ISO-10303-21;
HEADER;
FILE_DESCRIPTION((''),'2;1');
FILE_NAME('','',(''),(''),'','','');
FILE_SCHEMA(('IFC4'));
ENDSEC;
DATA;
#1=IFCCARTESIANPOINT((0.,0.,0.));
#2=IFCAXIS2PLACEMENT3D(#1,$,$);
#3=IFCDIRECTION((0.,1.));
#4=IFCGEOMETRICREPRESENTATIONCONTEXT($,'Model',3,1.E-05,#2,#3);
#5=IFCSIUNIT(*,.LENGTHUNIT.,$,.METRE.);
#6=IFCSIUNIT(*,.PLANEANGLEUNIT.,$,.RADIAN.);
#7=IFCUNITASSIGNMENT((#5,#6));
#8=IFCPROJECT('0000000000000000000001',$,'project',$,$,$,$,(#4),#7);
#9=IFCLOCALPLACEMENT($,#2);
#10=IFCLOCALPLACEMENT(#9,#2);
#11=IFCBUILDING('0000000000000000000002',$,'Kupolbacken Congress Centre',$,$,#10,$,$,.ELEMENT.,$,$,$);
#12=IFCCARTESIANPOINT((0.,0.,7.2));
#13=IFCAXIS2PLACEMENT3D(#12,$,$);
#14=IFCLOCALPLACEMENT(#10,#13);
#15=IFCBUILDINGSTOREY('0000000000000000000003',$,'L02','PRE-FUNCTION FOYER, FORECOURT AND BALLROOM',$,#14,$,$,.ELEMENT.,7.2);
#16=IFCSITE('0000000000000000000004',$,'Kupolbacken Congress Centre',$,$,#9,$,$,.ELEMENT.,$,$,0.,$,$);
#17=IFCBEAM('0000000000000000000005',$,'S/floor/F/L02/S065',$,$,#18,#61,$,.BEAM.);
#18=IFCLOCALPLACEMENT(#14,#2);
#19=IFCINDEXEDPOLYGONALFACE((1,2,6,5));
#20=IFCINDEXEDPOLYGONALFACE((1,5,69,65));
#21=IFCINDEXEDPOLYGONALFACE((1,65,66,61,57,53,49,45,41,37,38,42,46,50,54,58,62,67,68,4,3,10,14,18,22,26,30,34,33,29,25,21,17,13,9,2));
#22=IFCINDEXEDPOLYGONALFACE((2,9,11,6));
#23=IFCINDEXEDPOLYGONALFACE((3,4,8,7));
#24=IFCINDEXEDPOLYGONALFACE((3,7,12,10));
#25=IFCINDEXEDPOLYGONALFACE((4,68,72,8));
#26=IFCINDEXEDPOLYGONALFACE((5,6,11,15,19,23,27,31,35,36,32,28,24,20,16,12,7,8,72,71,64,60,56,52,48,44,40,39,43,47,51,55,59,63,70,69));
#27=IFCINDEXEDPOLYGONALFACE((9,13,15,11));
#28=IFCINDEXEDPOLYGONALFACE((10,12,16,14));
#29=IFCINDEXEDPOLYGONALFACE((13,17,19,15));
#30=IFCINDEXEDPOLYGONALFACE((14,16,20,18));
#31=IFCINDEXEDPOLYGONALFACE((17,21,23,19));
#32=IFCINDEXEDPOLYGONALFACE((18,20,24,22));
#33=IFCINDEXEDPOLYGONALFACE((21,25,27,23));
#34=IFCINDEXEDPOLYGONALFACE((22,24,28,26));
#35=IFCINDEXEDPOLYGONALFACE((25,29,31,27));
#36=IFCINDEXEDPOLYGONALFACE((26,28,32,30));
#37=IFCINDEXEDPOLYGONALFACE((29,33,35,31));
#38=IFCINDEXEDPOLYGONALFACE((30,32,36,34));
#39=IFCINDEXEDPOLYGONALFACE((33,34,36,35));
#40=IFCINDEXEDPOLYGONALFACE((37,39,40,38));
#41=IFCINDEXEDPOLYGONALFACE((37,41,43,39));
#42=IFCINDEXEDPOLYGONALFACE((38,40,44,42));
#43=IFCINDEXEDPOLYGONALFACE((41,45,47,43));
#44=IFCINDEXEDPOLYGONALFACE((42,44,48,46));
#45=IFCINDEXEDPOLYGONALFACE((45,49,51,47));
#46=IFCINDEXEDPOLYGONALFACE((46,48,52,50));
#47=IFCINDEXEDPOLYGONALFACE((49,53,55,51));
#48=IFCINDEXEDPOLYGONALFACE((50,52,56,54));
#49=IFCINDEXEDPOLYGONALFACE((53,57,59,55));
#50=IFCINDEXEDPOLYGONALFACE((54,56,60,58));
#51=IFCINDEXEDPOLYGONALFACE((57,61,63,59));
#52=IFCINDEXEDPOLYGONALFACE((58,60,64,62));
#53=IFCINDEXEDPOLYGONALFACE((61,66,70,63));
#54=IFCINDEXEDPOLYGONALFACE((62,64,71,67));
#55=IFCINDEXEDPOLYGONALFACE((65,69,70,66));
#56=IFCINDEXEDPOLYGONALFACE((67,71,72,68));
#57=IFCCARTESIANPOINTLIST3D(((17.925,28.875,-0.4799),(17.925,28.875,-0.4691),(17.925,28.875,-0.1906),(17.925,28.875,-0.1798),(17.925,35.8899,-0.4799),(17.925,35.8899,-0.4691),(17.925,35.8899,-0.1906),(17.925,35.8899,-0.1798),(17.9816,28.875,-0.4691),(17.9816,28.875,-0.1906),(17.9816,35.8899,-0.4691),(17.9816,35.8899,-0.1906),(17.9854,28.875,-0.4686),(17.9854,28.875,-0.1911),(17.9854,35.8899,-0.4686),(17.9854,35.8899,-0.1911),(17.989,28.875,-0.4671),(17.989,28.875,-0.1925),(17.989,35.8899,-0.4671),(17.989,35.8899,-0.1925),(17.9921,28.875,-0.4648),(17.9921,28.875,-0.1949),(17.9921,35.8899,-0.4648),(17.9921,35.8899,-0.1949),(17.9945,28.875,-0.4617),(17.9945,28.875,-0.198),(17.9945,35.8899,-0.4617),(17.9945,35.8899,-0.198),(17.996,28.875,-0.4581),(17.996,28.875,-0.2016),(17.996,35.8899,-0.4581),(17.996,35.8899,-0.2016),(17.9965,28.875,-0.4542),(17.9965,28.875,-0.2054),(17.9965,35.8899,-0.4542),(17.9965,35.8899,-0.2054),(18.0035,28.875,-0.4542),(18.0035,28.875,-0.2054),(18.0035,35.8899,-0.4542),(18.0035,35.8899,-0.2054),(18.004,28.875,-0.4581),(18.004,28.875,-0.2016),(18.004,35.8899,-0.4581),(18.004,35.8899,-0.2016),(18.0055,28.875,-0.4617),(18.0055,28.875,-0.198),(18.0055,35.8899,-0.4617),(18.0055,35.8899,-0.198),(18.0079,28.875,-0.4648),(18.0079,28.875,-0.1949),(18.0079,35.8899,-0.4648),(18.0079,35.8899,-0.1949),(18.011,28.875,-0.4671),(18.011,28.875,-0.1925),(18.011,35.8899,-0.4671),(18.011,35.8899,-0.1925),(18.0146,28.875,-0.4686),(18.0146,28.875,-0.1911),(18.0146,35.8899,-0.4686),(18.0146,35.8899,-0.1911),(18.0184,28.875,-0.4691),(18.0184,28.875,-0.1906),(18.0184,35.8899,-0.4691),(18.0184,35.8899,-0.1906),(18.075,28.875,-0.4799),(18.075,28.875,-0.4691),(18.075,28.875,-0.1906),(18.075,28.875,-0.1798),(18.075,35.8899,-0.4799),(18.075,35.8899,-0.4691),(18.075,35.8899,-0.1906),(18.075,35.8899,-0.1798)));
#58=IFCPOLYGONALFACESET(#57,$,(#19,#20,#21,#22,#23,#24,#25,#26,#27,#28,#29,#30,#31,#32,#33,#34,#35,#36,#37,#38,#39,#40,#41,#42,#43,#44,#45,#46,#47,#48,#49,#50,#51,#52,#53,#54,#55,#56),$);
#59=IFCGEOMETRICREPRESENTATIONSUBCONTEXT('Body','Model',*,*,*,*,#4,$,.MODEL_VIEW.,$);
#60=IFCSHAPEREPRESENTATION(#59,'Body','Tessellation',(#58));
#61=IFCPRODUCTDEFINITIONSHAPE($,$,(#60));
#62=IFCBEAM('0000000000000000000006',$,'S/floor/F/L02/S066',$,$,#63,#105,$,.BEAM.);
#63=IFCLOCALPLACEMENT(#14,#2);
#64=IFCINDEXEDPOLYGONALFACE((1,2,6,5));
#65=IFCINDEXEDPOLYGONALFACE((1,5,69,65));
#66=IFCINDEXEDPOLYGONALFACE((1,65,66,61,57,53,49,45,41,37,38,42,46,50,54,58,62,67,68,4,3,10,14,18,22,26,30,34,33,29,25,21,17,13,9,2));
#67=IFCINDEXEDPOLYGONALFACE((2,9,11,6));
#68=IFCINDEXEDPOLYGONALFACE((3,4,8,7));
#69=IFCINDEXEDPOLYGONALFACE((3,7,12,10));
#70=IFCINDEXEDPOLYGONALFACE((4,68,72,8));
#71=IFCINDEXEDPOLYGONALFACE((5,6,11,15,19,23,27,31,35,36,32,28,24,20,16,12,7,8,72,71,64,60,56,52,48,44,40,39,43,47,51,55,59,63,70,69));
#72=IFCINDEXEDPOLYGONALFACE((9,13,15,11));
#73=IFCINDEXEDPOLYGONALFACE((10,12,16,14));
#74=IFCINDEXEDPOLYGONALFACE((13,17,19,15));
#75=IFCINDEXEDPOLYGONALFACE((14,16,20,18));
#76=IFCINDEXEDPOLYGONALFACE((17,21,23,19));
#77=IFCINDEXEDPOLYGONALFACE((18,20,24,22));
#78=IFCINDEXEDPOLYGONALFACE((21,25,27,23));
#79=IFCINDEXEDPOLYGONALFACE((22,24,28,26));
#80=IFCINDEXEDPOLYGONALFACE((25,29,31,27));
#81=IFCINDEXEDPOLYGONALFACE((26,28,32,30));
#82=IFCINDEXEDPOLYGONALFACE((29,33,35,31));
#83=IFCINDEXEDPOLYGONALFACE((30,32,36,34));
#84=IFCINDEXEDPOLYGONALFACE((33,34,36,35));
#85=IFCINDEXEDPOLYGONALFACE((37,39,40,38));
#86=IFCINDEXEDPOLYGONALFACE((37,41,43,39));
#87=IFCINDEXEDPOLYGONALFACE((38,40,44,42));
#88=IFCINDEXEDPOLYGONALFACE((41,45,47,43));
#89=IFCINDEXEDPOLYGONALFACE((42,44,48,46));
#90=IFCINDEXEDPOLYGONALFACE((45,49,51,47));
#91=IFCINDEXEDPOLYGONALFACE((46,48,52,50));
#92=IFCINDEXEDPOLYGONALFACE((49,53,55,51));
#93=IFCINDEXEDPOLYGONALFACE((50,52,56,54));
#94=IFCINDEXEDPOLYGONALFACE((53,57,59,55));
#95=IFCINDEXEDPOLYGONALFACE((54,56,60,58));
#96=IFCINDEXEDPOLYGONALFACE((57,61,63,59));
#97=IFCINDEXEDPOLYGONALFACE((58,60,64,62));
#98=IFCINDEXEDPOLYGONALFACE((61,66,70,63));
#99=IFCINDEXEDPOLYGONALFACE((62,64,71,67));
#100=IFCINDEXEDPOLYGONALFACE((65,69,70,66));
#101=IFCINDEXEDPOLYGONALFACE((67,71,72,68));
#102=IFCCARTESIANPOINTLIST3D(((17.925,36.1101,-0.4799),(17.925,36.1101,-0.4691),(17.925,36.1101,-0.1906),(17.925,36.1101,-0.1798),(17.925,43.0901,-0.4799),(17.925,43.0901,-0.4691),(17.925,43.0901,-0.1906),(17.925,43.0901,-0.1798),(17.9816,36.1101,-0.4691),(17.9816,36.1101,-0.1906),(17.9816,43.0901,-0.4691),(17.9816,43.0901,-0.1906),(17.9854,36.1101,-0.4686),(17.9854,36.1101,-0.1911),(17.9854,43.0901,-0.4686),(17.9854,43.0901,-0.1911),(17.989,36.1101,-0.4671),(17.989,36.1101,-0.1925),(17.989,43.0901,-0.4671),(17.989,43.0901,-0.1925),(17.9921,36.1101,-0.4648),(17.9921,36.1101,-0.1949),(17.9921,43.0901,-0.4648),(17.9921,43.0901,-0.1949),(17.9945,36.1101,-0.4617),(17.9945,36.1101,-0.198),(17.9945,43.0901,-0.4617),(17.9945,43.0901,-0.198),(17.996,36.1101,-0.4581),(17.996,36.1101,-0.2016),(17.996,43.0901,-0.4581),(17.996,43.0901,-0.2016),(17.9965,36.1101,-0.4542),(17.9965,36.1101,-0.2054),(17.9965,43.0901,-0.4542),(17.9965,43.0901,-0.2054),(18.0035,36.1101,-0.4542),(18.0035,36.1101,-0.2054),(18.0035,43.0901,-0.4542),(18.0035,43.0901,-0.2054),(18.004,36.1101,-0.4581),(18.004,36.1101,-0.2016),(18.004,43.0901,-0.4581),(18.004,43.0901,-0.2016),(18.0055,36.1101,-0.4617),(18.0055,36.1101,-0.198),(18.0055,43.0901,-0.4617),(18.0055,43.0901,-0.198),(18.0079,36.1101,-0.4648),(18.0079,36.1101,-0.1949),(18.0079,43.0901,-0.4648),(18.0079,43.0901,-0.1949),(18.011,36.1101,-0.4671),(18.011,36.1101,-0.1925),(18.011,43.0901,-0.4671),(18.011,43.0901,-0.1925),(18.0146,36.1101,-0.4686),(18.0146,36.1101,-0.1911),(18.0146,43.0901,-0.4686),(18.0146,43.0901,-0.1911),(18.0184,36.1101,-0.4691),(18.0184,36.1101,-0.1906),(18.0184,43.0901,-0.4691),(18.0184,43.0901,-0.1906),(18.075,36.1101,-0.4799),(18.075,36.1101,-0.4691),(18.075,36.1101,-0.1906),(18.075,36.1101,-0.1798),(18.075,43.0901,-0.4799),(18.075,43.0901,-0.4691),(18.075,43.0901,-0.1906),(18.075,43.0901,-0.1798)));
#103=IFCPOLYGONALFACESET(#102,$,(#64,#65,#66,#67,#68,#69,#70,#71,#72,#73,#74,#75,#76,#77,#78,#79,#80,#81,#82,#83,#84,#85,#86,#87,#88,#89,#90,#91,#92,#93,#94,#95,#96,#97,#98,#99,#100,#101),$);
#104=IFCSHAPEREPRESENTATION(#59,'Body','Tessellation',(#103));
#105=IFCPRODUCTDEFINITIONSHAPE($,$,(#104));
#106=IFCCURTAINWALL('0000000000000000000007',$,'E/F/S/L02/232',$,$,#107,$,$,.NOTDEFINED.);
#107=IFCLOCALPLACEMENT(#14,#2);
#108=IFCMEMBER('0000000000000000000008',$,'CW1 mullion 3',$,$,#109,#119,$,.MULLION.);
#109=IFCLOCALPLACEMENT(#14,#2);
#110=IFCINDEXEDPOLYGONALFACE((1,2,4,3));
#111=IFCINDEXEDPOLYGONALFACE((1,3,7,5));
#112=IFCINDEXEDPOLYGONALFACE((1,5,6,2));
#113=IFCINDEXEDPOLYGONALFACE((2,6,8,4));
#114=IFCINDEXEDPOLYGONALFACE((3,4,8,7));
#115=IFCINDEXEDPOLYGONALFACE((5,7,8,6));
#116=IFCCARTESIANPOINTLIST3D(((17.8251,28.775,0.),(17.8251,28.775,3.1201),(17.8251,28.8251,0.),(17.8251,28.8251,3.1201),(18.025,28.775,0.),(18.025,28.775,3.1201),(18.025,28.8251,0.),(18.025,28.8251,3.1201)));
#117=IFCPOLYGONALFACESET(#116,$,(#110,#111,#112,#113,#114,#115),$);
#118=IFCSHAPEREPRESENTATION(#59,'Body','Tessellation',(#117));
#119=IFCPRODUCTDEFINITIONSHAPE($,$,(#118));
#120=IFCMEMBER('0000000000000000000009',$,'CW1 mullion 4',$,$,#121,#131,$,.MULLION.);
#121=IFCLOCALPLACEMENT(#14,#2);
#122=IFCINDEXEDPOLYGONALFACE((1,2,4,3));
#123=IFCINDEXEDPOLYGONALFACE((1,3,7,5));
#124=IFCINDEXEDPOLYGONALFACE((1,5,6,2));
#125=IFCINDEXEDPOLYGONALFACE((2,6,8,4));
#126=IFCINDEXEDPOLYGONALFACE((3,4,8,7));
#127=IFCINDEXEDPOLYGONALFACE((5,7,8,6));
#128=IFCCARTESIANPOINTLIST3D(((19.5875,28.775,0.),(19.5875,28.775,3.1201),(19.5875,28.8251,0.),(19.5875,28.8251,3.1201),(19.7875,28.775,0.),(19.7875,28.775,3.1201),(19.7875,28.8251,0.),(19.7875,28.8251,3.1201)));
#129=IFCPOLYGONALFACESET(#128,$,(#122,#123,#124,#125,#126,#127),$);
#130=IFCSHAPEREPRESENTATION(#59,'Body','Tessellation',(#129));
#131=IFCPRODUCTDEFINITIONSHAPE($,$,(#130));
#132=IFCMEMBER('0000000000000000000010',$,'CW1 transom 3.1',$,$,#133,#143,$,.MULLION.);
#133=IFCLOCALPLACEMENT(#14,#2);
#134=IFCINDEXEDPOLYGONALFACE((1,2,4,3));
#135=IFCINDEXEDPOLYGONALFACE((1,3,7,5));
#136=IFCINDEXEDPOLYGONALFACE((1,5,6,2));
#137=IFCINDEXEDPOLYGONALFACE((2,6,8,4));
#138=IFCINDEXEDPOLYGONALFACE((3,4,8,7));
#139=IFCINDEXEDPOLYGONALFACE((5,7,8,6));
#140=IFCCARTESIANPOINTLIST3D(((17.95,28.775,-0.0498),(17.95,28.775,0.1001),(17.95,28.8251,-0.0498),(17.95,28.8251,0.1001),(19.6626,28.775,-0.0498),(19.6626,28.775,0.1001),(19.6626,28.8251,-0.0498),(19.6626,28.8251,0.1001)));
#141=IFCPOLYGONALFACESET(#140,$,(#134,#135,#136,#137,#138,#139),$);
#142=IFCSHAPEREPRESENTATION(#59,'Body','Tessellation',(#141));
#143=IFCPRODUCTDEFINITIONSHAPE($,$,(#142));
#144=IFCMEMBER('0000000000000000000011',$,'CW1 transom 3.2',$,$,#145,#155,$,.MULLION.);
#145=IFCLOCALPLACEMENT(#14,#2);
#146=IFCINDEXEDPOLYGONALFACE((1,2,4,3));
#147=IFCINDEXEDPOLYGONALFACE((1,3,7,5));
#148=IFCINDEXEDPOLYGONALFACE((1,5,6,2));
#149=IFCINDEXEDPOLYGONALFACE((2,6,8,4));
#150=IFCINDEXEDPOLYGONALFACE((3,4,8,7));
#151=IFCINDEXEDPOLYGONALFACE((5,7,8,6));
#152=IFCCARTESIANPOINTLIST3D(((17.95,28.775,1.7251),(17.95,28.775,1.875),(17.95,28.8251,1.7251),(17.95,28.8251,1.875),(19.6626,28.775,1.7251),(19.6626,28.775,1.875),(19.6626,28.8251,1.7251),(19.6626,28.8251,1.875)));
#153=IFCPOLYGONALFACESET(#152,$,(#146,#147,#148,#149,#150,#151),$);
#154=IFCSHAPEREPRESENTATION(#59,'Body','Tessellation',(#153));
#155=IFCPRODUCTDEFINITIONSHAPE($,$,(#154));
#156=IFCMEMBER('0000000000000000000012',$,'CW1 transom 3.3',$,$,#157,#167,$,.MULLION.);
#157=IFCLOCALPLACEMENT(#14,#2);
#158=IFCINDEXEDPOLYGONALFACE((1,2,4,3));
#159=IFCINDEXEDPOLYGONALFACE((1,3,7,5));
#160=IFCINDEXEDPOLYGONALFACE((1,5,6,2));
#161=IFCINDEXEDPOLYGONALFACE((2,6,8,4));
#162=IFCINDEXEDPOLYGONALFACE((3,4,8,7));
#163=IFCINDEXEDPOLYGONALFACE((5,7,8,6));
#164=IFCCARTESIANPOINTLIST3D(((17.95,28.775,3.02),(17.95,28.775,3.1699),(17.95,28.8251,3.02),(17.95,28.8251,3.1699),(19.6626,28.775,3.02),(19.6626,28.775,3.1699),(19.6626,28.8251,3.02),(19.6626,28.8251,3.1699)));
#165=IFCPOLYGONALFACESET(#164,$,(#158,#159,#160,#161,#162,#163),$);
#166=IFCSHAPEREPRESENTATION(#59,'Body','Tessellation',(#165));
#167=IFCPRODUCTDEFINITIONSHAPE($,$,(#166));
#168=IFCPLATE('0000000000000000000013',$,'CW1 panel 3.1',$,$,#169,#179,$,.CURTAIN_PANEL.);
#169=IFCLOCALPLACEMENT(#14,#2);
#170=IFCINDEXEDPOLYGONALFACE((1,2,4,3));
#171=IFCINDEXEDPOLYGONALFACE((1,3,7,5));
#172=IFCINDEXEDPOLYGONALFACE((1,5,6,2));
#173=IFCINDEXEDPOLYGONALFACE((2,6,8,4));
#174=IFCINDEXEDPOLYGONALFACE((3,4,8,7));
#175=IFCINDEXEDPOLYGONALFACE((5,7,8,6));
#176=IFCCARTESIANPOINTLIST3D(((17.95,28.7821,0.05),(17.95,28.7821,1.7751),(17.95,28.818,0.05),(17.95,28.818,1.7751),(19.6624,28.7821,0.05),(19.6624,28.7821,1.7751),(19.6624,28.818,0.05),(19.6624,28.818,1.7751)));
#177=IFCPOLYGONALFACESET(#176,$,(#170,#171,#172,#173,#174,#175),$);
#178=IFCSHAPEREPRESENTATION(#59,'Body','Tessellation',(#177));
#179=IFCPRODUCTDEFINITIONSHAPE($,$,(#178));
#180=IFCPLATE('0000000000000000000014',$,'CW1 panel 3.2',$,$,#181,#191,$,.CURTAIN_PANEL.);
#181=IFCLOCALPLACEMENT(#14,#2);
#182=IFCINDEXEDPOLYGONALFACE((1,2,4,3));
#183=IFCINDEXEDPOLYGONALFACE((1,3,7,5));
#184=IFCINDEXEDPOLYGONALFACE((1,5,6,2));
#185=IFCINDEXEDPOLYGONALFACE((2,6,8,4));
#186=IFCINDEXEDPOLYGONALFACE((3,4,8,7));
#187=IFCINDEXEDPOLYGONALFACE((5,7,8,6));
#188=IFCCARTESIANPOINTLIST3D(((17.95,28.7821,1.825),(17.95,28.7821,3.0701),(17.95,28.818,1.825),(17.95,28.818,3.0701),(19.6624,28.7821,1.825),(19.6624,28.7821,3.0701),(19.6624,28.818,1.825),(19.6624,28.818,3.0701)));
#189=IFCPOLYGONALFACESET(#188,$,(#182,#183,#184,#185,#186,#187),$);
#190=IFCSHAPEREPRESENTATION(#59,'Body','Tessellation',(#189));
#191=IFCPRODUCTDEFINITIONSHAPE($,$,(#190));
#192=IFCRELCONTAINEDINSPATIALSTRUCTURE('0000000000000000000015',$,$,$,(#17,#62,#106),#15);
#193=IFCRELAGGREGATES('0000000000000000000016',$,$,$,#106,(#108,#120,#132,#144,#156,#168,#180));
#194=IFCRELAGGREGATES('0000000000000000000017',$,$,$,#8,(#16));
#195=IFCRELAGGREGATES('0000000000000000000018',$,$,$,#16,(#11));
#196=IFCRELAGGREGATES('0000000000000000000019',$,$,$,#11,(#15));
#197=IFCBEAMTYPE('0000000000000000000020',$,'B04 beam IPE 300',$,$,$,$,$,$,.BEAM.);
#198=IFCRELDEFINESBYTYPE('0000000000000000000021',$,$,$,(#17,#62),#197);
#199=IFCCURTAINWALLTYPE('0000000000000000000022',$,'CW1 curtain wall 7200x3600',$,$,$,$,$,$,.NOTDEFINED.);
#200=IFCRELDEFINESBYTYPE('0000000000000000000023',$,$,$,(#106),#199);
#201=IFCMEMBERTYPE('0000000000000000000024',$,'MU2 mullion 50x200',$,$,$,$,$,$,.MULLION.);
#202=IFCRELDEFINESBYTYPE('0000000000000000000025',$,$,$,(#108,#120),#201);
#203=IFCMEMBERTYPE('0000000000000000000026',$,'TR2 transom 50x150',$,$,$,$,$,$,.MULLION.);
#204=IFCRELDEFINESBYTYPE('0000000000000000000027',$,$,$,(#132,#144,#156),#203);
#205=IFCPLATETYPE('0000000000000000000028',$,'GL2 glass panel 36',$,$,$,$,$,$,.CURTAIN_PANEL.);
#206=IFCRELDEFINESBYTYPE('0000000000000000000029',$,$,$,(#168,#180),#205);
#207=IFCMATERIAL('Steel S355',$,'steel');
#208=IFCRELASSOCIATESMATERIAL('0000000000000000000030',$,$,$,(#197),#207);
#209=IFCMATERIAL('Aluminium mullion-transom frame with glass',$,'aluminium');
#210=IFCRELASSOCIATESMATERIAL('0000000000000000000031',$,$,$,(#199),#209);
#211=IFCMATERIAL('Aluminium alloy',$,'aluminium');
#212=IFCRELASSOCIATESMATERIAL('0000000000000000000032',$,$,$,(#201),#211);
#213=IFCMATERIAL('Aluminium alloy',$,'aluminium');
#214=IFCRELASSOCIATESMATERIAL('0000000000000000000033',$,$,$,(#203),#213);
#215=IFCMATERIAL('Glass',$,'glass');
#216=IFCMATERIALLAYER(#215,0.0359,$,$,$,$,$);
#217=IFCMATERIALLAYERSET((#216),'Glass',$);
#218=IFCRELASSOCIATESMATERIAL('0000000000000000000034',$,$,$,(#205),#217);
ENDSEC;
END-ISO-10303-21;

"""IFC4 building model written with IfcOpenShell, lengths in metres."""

from ifc_helpers import new_model, si_unit, direction, frame, origin, origin_2d, place, context, subcontext, project, spatial, rectangle, i_section, extrude, material, layer, layer_set, material_profile, profile_set, type_object, element, aggregate, save


model = new_model("IFC4")

# Units and contexts
model_context = context("Model", 3, precision=1e-05, world=origin(), true_north=direction((0.0, 1.0)))
body_context = subcontext(model_context, "Body", "Model", "MODEL_VIEW")
ifc_project = project(units=[si_unit("LENGTHUNIT", "METRE"), si_unit("PLANEANGLEUNIT", "RADIAN")], contexts=[model_context])

# Site, building, storey
site_placement = place(None, origin())
site = spatial("IfcSite", under=ifc_project, at=site_placement, Name="Kupolbacken Congress Centre", CompositionType="ELEMENT", RefElevation=0.0)
building_placement = place(site_placement, origin())
building = spatial("IfcBuilding", under=site, at=building_placement, Name="Kupolbacken Congress Centre", CompositionType="ELEMENT")
storey_placement = place(building_placement, frame((0.0, 0.0, 7.2)))
storey = spatial("IfcBuildingStorey", under=building, at=storey_placement, Name="L02", Description="PRE-FUNCTION FOYER, FORECOURT AND BALLROOM", CompositionType="ELEMENT", Elevation=7.2)

# Beams
ifc_material_1 = material(Name="Steel S355", Category="steel")
ifc_material_profile_1 = material_profile(ifc_material_1, i_section(OverallWidth=0.1499, OverallDepth=0.3, WebThickness=0.0071, FlangeThickness=0.0107, FilletRadius=0.0149, at=origin_2d()), Name="IPE 300")
ifc_profile_set_1 = profile_set([ifc_material_profile_1], Name="Steel S355")
beam_type_1 = type_object("IfcBeamType", Name="B04 beam IPE 300", PredefinedType="BEAM", material=ifc_profile_set_1)
beam_1_placement = place(storey_placement, frame((18.0, 28.875, -0.3298), z_axis=(0.0, 1.0, 0.0), x_axis=(-1.0, 0.0, 0.0)))
element("IfcBeam", 1, at=beam_1_placement, inside=storey, type_object=beam_type_1, Name="S/floor/F/L02/S065", PredefinedType="BEAM", context=body_context, shape_type="SweptSolid", body=[
    extrude(i_section(OverallWidth=0.1499, OverallDepth=0.3, WebThickness=0.0071, FlangeThickness=0.0107, FilletRadius=0.0149, at=origin_2d()), origin(), (0.0, 0.0, 1.0), 7.0149),
])
beam_2_placement = place(storey_placement, frame((18.0, 36.1101, -0.3298), z_axis=(0.0, 1.0, 0.0), x_axis=(-1.0, 0.0, 0.0)))
element("IfcBeam", 2, at=beam_2_placement, inside=storey, type_object=beam_type_1, Name="S/floor/F/L02/S066", PredefinedType="BEAM", context=body_context, shape_type="SweptSolid", body=[
    extrude(i_section(OverallWidth=0.1499, OverallDepth=0.3, WebThickness=0.0071, FlangeThickness=0.0107, FilletRadius=0.0149, at=origin_2d()), origin(), (0.0, 0.0, 1.0), 6.98),
])

# Curtain wall, members, plates
ifc_material_2 = material(Name="Aluminium mullion-transom frame with glass", Category="aluminium")
curtain_wall_type = type_object("IfcCurtainWallType", Name="CW1 curtain wall 7200x3600", PredefinedType="NOTDEFINED", material=ifc_material_2)
curtain_wall_placement = place(storey_placement, origin())
curtain_wall = element("IfcCurtainWall", 3, at=curtain_wall_placement, inside=storey, type_object=curtain_wall_type, Name="E/F/S/L02/232", PredefinedType="NOTDEFINED")
ifc_material_3 = material(Name="Aluminium alloy", Category="aluminium")
ifc_material_profile_2 = material_profile(ifc_material_3, rectangle(XDim=0.05, YDim=0.2, at=origin_2d()), Name="50 x 200")
ifc_profile_set_2 = profile_set([ifc_material_profile_2], Name="Aluminium alloy")
member_type_1 = type_object("IfcMemberType", Name="MU2 mullion 50x200", PredefinedType="MULLION", material=ifc_profile_set_2)
member_1_placement = place(storey_placement, frame((17.925, 28.8, 0.0), z_axis=(0.0, 0.0, 1.0), x_axis=(0.0, 1.0, 0.0)))
member_1 = element("IfcMember", 4, at=member_1_placement, type_object=member_type_1, Name="CW1 mullion 3", PredefinedType="MULLION", context=body_context, shape_type="SweptSolid", body=[
    extrude(rectangle(XDim=0.05, YDim=0.2, at=origin_2d()), origin(), (0.0, 0.0, 1.0), 3.1201),
])
member_2_placement = place(storey_placement, frame((19.6875, 28.8, 0.0), z_axis=(0.0, 0.0, 1.0), x_axis=(0.0, 1.0, 0.0)))
member_2 = element("IfcMember", 5, at=member_2_placement, type_object=member_type_1, Name="CW1 mullion 4", PredefinedType="MULLION", context=body_context, shape_type="SweptSolid", body=[
    extrude(rectangle(XDim=0.05, YDim=0.2, at=origin_2d()), origin(), (0.0, 0.0, 1.0), 3.1201),
])
ifc_material_4 = material(Name="Aluminium alloy", Category="aluminium")
ifc_material_profile_3 = material_profile(ifc_material_4, rectangle(XDim=0.05, YDim=0.1499, at=origin_2d()), Name="50 x 150")
ifc_profile_set_3 = profile_set([ifc_material_profile_3], Name="Aluminium alloy")
member_type_2 = type_object("IfcMemberType", Name="TR2 transom 50x150", PredefinedType="MULLION", material=ifc_profile_set_3)
member_3_placement = place(storey_placement, frame((17.95, 28.8, 0.0251), z_axis=(1.0, 0.0, 0.0), x_axis=(0.0, 1.0, 0.0)))
member_3 = element("IfcMember", 6, at=member_3_placement, type_object=member_type_2, Name="CW1 transom 3.1", PredefinedType="MULLION", context=body_context, shape_type="SweptSolid", body=[
    extrude(rectangle(XDim=0.05, YDim=0.1499, at=origin_2d()), origin(), (0.0, 0.0, 1.0), 1.7126),
])
member_4_placement = place(storey_placement, frame((17.95, 28.8, 1.8), z_axis=(1.0, 0.0, 0.0), x_axis=(0.0, 1.0, 0.0)))
member_4 = element("IfcMember", 7, at=member_4_placement, type_object=member_type_2, Name="CW1 transom 3.2", PredefinedType="MULLION", context=body_context, shape_type="SweptSolid", body=[
    extrude(rectangle(XDim=0.05, YDim=0.1499, at=origin_2d()), origin(), (0.0, 0.0, 1.0), 1.7126),
])
member_5_placement = place(storey_placement, frame((17.95, 28.8, 3.095), z_axis=(1.0, 0.0, 0.0), x_axis=(0.0, 1.0, 0.0)))
member_5 = element("IfcMember", 8, at=member_5_placement, type_object=member_type_2, Name="CW1 transom 3.3", PredefinedType="MULLION", context=body_context, shape_type="SweptSolid", body=[
    extrude(rectangle(XDim=0.05, YDim=0.1499, at=origin_2d()), origin(), (0.0, 0.0, 1.0), 1.7126),
])
ifc_material_5 = material(Name="Glass", Category="glass")
ifc_layer_1 = layer(ifc_material_5, 0.0359)
ifc_layer_set_1 = layer_set([ifc_layer_1], Name="Glass")
plate_type = type_object("IfcPlateType", Name="GL2 glass panel 36", PredefinedType="CURTAIN_PANEL", material=ifc_layer_set_1)
plate_1_placement = place(storey_placement, frame((18.8062, 28.8, 0.05), z_axis=(0.0, 0.0, 1.0), x_axis=(1.0, 0.0, 0.0)))
plate_1 = element("IfcPlate", 9, at=plate_1_placement, type_object=plate_type, Name="CW1 panel 3.1", PredefinedType="CURTAIN_PANEL", context=body_context, shape_type="SweptSolid", body=[
    extrude(rectangle(XDim=1.7124, YDim=0.0359, at=origin_2d()), origin(), (0.0, 0.0, 1.0), 1.7251),
])
plate_2_placement = place(storey_placement, frame((18.8062, 28.8, 1.825), z_axis=(0.0, 0.0, 1.0), x_axis=(1.0, 0.0, 0.0)))
plate_2 = element("IfcPlate", 10, at=plate_2_placement, type_object=plate_type, Name="CW1 panel 3.2", PredefinedType="CURTAIN_PANEL", context=body_context, shape_type="SweptSolid", body=[
    extrude(rectangle(XDim=1.7124, YDim=0.0359, at=origin_2d()), origin(), (0.0, 0.0, 1.0), 1.2451),
])
aggregate(curtain_wall, [member_1, member_2, member_3, member_4, member_5, plate_1, plate_2])

save(model, "model.ifc")
